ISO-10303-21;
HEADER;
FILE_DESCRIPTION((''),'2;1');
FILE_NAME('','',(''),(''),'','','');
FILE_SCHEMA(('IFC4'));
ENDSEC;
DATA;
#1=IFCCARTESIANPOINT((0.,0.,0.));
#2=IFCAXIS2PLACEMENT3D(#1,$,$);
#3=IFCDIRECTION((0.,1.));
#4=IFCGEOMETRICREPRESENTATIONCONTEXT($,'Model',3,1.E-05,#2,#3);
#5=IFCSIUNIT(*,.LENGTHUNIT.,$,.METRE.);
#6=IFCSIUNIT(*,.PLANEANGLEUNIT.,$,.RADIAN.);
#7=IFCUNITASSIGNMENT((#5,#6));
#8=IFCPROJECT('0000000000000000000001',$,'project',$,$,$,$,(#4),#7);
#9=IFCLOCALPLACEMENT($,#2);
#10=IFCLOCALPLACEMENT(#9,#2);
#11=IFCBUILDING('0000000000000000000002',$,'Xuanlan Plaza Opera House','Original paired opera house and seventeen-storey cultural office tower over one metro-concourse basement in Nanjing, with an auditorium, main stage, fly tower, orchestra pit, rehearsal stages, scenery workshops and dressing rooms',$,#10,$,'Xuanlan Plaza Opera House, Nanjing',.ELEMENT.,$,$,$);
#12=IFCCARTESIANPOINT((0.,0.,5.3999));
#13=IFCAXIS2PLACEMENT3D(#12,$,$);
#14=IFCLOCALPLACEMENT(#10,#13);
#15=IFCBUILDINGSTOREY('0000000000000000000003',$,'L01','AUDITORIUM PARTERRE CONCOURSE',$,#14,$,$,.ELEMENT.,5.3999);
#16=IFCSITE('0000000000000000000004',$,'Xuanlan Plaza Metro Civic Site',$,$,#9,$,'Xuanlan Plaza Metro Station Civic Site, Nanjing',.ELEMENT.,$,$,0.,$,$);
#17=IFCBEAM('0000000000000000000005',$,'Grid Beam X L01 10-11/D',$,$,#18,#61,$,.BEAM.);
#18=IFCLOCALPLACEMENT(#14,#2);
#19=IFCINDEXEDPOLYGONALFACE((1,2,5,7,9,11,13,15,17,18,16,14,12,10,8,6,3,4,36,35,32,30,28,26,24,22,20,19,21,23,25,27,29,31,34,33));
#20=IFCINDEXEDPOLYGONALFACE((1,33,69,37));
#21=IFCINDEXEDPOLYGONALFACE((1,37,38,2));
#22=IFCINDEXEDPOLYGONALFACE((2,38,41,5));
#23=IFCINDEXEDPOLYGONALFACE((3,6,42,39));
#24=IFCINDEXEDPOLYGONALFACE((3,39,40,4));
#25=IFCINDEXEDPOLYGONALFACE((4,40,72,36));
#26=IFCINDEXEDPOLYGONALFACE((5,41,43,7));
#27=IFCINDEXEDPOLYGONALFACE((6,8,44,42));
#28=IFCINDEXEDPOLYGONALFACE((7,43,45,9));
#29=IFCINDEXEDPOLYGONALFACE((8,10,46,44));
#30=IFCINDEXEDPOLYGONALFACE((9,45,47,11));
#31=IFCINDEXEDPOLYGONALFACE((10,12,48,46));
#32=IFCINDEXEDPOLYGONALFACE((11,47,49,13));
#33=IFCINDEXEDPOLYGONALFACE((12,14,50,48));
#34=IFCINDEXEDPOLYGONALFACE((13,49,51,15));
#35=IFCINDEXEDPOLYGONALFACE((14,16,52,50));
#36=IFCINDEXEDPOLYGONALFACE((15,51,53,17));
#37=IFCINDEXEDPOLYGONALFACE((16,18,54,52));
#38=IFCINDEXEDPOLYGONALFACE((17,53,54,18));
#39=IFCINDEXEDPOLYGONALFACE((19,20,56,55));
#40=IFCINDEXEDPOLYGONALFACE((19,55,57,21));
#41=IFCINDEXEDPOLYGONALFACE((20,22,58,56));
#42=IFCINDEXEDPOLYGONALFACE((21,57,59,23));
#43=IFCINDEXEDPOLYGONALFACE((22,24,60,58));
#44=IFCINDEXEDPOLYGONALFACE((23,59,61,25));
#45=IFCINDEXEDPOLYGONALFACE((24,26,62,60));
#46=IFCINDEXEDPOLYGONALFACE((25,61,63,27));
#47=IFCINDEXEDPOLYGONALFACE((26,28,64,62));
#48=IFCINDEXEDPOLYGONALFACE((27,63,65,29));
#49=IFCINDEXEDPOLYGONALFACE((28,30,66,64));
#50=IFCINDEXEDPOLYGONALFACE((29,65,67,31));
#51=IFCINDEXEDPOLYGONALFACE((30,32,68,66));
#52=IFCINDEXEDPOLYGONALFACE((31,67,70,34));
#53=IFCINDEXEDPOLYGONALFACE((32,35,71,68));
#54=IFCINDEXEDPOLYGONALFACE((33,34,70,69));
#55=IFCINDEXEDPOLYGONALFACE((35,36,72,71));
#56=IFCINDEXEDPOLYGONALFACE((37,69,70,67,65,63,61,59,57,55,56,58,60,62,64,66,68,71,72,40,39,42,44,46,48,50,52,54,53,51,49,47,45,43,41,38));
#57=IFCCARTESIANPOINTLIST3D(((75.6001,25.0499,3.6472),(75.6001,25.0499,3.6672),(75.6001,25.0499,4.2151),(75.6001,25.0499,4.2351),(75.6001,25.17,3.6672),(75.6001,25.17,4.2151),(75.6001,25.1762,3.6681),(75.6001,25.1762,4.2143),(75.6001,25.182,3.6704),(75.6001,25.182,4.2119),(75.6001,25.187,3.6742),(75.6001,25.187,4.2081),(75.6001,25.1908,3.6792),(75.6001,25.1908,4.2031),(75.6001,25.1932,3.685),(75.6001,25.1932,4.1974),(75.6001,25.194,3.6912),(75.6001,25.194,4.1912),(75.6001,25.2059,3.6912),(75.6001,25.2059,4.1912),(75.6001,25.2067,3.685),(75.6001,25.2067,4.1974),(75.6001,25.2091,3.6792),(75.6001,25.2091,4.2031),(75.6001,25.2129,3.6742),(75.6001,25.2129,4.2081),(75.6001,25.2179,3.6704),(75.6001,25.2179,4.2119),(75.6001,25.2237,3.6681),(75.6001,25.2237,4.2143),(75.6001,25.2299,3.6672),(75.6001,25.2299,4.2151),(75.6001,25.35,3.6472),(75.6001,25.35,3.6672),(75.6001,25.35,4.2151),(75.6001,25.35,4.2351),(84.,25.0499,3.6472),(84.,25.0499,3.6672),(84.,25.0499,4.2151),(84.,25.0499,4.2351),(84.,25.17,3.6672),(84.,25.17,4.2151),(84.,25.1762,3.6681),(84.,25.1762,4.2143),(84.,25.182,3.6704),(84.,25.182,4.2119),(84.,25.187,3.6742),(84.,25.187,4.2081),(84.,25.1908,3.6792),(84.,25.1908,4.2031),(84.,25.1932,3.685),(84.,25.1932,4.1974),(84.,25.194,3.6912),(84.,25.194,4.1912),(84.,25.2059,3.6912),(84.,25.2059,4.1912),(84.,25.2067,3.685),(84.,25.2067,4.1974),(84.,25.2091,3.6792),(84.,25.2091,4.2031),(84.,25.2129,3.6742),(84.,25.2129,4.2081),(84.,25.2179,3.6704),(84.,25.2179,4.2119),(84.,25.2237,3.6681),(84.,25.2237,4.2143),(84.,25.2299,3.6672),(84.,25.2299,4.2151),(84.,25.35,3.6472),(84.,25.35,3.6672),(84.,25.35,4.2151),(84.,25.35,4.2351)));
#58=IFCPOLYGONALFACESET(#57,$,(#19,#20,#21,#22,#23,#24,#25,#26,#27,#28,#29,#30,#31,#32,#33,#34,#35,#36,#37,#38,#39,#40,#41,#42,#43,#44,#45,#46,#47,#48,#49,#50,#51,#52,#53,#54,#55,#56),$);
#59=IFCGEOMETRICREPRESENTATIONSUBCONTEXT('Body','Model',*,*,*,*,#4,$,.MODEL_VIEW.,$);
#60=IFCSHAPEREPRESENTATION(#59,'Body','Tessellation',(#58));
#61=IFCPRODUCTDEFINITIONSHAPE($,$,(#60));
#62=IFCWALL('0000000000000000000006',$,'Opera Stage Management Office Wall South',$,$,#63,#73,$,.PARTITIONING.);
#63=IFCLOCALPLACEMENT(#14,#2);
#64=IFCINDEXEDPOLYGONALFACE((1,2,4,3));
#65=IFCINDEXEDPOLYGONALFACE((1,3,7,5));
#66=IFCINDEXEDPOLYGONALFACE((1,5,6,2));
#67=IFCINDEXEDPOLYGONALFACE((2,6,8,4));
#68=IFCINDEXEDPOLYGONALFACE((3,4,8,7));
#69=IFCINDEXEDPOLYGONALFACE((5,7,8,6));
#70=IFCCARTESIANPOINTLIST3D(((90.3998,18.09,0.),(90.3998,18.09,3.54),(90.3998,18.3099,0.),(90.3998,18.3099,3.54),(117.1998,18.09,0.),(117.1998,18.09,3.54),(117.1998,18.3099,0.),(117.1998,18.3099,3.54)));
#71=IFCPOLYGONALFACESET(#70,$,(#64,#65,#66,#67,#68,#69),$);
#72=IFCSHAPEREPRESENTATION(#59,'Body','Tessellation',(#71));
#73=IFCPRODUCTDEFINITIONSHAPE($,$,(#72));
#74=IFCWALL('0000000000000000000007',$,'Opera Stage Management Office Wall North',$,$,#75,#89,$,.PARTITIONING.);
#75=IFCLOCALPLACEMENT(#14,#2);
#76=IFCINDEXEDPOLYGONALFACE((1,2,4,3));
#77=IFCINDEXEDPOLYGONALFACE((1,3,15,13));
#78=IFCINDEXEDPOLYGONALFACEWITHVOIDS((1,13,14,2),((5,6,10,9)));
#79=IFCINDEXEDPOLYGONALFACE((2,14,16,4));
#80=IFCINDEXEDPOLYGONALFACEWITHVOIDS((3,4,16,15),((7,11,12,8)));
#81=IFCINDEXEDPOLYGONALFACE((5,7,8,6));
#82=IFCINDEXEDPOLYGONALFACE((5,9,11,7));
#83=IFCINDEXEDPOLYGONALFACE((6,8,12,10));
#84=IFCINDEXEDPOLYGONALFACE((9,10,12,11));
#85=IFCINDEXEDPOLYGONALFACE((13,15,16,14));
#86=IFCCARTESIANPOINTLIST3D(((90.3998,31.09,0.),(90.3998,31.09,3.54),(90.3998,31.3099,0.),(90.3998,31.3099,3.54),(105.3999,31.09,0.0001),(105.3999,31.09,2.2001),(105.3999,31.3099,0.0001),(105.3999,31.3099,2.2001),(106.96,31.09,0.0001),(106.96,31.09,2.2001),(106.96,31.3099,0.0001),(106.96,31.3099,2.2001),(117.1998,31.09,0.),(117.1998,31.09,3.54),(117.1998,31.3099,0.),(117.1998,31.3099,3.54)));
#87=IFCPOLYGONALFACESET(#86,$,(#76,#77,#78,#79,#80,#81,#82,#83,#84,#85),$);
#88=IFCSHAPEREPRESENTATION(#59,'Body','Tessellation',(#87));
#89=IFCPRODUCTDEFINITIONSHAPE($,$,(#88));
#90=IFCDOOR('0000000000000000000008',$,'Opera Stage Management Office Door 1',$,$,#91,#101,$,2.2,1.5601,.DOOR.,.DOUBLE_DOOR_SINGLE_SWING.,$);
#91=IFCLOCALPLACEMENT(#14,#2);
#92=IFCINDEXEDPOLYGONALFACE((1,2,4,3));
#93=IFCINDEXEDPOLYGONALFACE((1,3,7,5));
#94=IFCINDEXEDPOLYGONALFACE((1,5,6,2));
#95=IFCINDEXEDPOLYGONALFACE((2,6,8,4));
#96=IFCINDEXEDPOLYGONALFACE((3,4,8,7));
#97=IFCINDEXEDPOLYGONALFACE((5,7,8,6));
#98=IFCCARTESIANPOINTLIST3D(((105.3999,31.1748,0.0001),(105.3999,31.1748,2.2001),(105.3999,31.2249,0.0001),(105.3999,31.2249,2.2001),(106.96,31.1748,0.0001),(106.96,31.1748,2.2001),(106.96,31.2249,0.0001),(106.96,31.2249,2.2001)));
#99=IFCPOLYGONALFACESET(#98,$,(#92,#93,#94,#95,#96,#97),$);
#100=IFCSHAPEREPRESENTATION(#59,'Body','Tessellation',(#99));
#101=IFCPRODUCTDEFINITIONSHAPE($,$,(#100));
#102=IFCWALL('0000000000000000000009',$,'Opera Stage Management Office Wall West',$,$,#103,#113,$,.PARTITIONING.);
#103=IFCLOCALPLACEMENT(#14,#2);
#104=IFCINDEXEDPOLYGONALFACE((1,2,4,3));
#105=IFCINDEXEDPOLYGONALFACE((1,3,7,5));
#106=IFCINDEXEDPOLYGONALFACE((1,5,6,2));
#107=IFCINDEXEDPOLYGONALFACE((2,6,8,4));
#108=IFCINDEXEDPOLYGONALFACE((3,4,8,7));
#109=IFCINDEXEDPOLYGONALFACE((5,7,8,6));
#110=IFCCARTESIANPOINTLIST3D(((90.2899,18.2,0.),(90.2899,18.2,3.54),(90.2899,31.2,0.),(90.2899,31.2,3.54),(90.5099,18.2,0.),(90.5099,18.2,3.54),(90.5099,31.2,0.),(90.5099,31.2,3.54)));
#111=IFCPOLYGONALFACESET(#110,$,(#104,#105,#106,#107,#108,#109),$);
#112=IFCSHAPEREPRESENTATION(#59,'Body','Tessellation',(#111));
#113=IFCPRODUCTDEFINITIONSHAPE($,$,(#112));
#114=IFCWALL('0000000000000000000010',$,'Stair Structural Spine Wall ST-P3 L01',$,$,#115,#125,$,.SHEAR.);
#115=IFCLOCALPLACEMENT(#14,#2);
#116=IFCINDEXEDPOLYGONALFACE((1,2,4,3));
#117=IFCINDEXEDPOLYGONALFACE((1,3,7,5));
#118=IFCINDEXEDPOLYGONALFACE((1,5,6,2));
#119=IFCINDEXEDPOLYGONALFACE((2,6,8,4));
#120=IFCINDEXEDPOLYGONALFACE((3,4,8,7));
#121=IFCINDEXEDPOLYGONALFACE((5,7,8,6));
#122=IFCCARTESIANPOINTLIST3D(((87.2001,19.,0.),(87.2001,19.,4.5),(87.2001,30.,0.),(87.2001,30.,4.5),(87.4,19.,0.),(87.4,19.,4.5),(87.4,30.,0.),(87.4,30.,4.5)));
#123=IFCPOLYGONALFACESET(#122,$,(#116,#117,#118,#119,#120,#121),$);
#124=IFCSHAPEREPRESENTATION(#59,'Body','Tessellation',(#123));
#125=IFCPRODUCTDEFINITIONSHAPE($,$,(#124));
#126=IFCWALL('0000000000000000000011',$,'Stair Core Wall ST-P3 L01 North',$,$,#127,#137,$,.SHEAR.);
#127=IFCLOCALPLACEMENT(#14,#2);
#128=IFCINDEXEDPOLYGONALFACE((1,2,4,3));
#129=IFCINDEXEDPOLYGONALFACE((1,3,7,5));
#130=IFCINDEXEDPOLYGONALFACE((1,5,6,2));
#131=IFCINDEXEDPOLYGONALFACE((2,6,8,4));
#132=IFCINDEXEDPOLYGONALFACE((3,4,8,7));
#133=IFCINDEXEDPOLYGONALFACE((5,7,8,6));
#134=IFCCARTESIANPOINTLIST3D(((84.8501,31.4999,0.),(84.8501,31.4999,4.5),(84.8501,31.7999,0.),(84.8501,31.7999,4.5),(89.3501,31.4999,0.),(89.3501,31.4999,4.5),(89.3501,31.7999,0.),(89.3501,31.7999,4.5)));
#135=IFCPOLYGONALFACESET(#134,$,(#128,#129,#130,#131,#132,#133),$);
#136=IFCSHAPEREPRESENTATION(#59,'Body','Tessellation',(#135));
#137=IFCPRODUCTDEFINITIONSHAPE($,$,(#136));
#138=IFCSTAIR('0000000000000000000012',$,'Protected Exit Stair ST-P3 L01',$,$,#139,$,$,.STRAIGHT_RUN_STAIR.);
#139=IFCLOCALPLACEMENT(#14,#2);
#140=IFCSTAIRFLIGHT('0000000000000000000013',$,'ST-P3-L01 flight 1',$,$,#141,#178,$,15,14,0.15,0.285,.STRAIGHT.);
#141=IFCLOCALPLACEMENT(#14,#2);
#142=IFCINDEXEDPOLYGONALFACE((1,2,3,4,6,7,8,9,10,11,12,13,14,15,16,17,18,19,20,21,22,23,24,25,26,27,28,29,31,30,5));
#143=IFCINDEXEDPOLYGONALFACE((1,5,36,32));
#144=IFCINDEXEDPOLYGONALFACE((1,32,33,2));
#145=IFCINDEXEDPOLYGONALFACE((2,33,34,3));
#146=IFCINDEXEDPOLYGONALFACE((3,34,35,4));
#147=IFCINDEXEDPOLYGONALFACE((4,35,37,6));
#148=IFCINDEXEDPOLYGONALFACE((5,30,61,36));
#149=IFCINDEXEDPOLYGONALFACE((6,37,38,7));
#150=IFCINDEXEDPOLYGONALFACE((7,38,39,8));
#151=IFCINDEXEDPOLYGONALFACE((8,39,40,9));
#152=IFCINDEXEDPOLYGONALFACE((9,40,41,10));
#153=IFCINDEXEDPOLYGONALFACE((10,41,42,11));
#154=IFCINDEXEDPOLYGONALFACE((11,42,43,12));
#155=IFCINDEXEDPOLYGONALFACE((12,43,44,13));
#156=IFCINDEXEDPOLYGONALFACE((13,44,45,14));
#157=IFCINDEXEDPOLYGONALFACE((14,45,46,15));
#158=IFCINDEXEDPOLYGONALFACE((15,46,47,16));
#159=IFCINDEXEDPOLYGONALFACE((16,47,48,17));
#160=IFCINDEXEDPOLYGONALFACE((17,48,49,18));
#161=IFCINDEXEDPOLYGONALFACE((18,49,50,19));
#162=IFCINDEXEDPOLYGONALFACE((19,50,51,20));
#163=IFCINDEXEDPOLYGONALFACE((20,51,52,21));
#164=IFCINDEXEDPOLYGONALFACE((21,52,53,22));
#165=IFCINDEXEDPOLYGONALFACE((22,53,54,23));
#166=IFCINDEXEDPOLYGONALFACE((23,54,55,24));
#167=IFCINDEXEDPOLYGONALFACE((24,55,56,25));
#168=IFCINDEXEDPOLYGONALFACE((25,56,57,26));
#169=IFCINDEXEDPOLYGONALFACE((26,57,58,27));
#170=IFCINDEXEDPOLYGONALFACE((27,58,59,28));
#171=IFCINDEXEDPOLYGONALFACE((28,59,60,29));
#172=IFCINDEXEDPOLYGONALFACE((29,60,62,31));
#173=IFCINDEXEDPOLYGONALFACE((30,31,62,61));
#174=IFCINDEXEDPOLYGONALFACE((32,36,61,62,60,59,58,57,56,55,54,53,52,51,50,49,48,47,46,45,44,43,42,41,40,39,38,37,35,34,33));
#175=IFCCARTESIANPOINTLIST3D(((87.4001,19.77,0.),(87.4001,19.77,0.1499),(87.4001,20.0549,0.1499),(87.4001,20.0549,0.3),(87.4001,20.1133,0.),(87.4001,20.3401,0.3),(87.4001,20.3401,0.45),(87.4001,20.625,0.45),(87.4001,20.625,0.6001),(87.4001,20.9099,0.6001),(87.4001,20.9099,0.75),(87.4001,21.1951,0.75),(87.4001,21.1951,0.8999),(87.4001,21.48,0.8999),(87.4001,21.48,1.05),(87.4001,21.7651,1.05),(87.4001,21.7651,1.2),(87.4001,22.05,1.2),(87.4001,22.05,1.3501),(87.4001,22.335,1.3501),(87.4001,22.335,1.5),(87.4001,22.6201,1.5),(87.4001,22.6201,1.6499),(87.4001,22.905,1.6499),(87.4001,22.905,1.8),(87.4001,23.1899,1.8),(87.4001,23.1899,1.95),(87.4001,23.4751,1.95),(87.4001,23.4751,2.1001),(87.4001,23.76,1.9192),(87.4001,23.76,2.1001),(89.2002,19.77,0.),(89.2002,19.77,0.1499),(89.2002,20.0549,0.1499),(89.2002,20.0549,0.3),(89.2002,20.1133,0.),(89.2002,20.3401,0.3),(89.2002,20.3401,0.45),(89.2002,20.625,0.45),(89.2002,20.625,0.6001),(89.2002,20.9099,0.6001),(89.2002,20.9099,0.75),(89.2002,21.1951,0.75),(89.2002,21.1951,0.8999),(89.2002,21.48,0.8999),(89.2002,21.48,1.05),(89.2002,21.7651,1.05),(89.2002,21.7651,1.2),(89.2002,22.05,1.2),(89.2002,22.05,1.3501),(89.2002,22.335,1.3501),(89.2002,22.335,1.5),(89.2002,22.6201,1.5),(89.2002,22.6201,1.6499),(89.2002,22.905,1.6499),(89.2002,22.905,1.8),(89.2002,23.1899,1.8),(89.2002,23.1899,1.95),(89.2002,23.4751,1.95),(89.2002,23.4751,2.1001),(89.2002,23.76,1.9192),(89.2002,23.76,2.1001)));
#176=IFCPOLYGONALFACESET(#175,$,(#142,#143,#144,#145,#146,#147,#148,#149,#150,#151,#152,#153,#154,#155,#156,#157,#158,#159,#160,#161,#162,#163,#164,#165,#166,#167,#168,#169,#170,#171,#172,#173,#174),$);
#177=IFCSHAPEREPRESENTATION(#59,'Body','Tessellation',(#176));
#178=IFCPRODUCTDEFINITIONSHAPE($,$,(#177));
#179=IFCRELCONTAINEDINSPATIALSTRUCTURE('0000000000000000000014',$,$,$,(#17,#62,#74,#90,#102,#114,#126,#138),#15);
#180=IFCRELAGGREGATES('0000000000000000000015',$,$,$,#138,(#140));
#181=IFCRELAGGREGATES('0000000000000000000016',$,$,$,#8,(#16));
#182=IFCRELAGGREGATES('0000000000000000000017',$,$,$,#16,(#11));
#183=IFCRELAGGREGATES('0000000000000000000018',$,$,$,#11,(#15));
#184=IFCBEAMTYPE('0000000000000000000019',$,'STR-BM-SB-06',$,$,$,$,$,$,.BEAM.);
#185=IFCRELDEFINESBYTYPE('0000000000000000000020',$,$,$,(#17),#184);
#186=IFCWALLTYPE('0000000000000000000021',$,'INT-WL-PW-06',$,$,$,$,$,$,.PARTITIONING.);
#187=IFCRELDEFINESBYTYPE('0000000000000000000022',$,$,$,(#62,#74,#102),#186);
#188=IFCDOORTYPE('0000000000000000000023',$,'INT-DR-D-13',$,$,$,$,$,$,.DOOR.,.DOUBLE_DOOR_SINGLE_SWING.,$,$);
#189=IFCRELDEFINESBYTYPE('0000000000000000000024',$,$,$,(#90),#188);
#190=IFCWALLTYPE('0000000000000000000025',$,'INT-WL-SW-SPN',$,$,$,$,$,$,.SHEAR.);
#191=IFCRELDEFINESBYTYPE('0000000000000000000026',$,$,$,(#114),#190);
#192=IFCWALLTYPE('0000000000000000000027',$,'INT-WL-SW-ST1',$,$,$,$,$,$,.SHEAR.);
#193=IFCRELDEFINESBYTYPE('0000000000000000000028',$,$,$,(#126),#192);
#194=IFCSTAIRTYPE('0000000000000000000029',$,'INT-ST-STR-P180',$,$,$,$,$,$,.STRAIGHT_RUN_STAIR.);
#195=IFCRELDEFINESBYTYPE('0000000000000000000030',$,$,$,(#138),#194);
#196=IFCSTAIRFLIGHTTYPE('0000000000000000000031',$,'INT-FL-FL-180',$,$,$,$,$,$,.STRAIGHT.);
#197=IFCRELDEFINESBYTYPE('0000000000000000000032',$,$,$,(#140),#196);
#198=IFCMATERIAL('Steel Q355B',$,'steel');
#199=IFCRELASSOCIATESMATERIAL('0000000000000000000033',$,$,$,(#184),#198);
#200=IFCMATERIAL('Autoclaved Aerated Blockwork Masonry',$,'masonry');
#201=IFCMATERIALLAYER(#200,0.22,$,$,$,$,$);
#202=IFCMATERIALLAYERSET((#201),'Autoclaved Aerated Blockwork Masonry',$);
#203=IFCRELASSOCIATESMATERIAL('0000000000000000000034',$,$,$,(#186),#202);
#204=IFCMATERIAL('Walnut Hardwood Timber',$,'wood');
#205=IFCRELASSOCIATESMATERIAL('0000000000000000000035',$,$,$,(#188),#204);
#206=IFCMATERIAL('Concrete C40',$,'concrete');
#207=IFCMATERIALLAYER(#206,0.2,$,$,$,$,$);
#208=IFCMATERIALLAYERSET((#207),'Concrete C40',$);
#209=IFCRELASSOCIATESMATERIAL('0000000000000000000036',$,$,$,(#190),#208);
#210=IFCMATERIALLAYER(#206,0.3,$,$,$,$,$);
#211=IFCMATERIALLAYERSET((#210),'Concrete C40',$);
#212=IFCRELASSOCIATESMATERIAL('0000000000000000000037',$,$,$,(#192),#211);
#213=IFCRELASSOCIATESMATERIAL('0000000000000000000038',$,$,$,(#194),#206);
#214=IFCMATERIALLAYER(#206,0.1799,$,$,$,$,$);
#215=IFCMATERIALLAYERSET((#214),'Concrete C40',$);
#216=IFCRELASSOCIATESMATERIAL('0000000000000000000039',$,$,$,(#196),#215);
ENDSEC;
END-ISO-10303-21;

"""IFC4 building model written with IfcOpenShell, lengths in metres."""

from ifc_helpers import new_model, si_unit, direction, frame, frame_2d, origin, origin_2d, place, context, subcontext, project, spatial, polyline, rectangle, i_section, outline, extrude, material, layer, layer_set, material_profile, profile_set, type_object, element, fill, aggregate, save


model = new_model("IFC4")

# Units and contexts
model_context = context("Model", 3, precision=1e-05, world=origin(), true_north=direction((0.0, 1.0)))
body_context = subcontext(model_context, "Body", "Model", "MODEL_VIEW")
ifc_project = project(units=[si_unit("LENGTHUNIT", "METRE"), si_unit("PLANEANGLEUNIT", "RADIAN")], contexts=[model_context])

# Site, building, storey
site_placement = place(None, origin())
site = spatial("IfcSite", under=ifc_project, at=site_placement, Name="Xuanlan Plaza Metro Civic Site", LongName="Xuanlan Plaza Metro Station Civic Site, Nanjing", CompositionType="ELEMENT", RefElevation=0.0)
building_placement = place(site_placement, origin())
building = spatial("IfcBuilding", under=site, at=building_placement, Name="Xuanlan Plaza Opera House", Description="Original paired opera house and seventeen-storey cultural office tower over one metro-concourse basement in Nanjing, with an auditorium, main stage, fly tower, orchestra pit, rehearsal stages, scenery workshops and dressing rooms", LongName="Xuanlan Plaza Opera House, Nanjing", CompositionType="ELEMENT")
storey_placement = place(building_placement, frame((0.0, 0.0, 5.3999)))
storey = spatial("IfcBuildingStorey", under=building, at=storey_placement, Name="L01", Description="AUDITORIUM PARTERRE CONCOURSE", CompositionType="ELEMENT", Elevation=5.3999)

# Shared definitions
ifc_material_1 = material(Name="Concrete C40", Category="concrete")

# Beam
ifc_material_2 = material(Name="Steel Q355B", Category="steel")
ifc_material_profile_1 = material_profile(ifc_material_2, i_section(OverallWidth=0.3, OverallDepth=0.5879, WebThickness=0.012, FlangeThickness=0.02, FilletRadius=0.0239, at=origin_2d()), Name="HM 588x300x12x20")
ifc_profile_set_1 = profile_set([ifc_material_profile_1], Name="Steel Q355B")
beam_type_1 = type_object("IfcBeamType", Name="STR-BM-SB-06", PredefinedType="BEAM", material=ifc_profile_set_1)
beam_1_placement = place(storey_placement, frame((75.6001, 25.2, 3.9412), z_axis=(1.0, 0.0, 0.0), x_axis=(0.0, 1.0, 0.0)))
element("IfcBeam", 1, at=beam_1_placement, inside=storey, type_object=beam_type_1, Name="Grid Beam X L01 10-11/D", PredefinedType="BEAM", context=body_context, shape_type="SweptSolid", body=[
    extrude(i_section(OverallWidth=0.3, OverallDepth=0.5879, WebThickness=0.012, FlangeThickness=0.02, FilletRadius=0.0239, at=origin_2d()), origin(), (0.0, 0.0, 1.0), 8.3999),
])

# Wall
ifc_material_3 = material(Name="Autoclaved Aerated Blockwork Masonry", Category="masonry")
ifc_layer_1 = layer(ifc_material_3, 0.22)
ifc_layer_set_1 = layer_set([ifc_layer_1], Name="Autoclaved Aerated Blockwork Masonry")
wall_type_1 = type_object("IfcWallType", Name="INT-WL-PW-06", PredefinedType="PARTITIONING", material=ifc_layer_set_1)
wall_1_placement = place(storey_placement, frame((90.3999, 18.2, 0.0), z_axis=(0.0, 0.0, 1.0), x_axis=(1.0, 0.0, 0.0)))
element("IfcWall", 2, at=wall_1_placement, inside=storey, type_object=wall_type_1, Name="Opera Stage Management Office Wall South", PredefinedType="PARTITIONING", context=body_context, shape_type="SweptSolid", body=[
    extrude(rectangle(XDim=26.8, YDim=0.22, at=frame_2d((13.3999, 0.0))), origin(), (0.0, 0.0, 1.0), 3.54),
])

# Wall, opening, door
wall_2_placement = place(storey_placement, frame((90.3999, 31.2, 0.0), z_axis=(0.0, 0.0, 1.0), x_axis=(1.0, 0.0, 0.0)))
wall_2 = element("IfcWall", 3, at=wall_2_placement, inside=storey, type_object=wall_type_1, Name="Opera Stage Management Office Wall North", PredefinedType="PARTITIONING", context=body_context, shape_type="SweptSolid", body=[
    extrude(rectangle(XDim=26.8, YDim=0.22, at=frame_2d((13.3999, 0.0))), origin(), (0.0, 0.0, 1.0), 3.54),
])
opening_placement = place(wall_2_placement, frame((15.0, 0.0, 0.0)))
opening = element("IfcOpeningElement", 4, at=opening_placement, cuts=wall_2, PredefinedType="OPENING", context=body_context, shape_type="SweptSolid", body=[
    extrude(rectangle(XDim=1.5601, YDim=2.2, at=frame_2d((0.78, 1.1001))), frame((0.0, 0.1199, 0.0), z_axis=(0.0, -1.0, 0.0), x_axis=(1.0, 0.0, 0.0)), (0.0, 0.0, 1.0), 0.24),
])
ifc_material_4 = material(Name="Walnut Hardwood Timber", Category="wood")
door_type = type_object("IfcDoorType", Name="INT-DR-D-13", OperationType="DOUBLE_DOOR_SINGLE_SWING", PredefinedType="DOOR", material=ifc_material_4)
door_placement = place(opening_placement, origin())
door = element("IfcDoor", 5, at=door_placement, inside=storey, type_object=door_type, Name="Opera Stage Management Office Door 1", OperationType="DOUBLE_DOOR_SINGLE_SWING", OverallHeight=2.2, OverallWidth=1.5601, PredefinedType="DOOR", context=body_context, shape_type="SweptSolid", body=[
    extrude(rectangle(XDim=1.5601, YDim=2.2, at=frame_2d((0.78, 1.1001))), frame((0.0, 0.0249, 0.0), z_axis=(0.0, -1.0, 0.0), x_axis=(1.0, 0.0, 0.0)), (0.0, 0.0, 1.0), 0.05),
])
fill(opening, door)

# Walls
wall_3_placement = place(storey_placement, frame((90.3999, 18.2, 0.0), z_axis=(0.0, 0.0, 1.0), x_axis=(0.0, 1.0, 0.0)))
element("IfcWall", 6, at=wall_3_placement, inside=storey, type_object=wall_type_1, Name="Opera Stage Management Office Wall West", PredefinedType="PARTITIONING", context=body_context, shape_type="SweptSolid", body=[
    extrude(rectangle(XDim=13.0, YDim=0.22, at=frame_2d((6.5, 0.0))), origin(), (0.0, 0.0, 1.0), 3.54),
])
ifc_layer_2 = layer(ifc_material_1, 0.2)
ifc_layer_set_2 = layer_set([ifc_layer_2], Name="Concrete C40")
wall_type_2 = type_object("IfcWallType", Name="INT-WL-SW-SPN", PredefinedType="SHEAR", material=ifc_layer_set_2)
wall_4_placement = place(storey_placement, frame((87.3, 19.0, 0.0), z_axis=(0.0, 0.0, 1.0), x_axis=(0.0, 1.0, 0.0)))
element("IfcWall", 7, at=wall_4_placement, inside=storey, type_object=wall_type_2, Name="Stair Structural Spine Wall ST-P3 L01", PredefinedType="SHEAR", context=body_context, shape_type="SweptSolid", body=[
    extrude(rectangle(XDim=11.0, YDim=0.2, at=frame_2d((5.5, 0.0))), origin(), (0.0, 0.0, 1.0), 4.5),
])
ifc_layer_3 = layer(ifc_material_1, 0.3)
ifc_layer_set_3 = layer_set([ifc_layer_3], Name="Concrete C40")
wall_type_3 = type_object("IfcWallType", Name="INT-WL-SW-ST1", PredefinedType="SHEAR", material=ifc_layer_set_3)
wall_5_placement = place(storey_placement, frame((84.8501, 31.6499, 0.0), z_axis=(0.0, 0.0, 1.0), x_axis=(1.0, 0.0, 0.0)))
element("IfcWall", 8, at=wall_5_placement, inside=storey, type_object=wall_type_3, Name="Stair Core Wall ST-P3 L01 North", PredefinedType="SHEAR", context=body_context, shape_type="SweptSolid", body=[
    extrude(rectangle(XDim=4.5, YDim=0.3, at=frame_2d((2.25, 0.0))), origin(), (0.0, 0.0, 1.0), 4.5),
])

# Stair, stair flight
stair_type = type_object("IfcStairType", Name="INT-ST-STR-P180", PredefinedType="STRAIGHT_RUN_STAIR", material=ifc_material_1)
stair_placement = place(storey_placement, origin())
stair = element("IfcStair", 9, at=stair_placement, inside=storey, type_object=stair_type, Name="Protected Exit Stair ST-P3 L01", PredefinedType="STRAIGHT_RUN_STAIR")
ifc_layer_4 = layer(ifc_material_1, 0.1799)
ifc_layer_set_4 = layer_set([ifc_layer_4], Name="Concrete C40")
stair_flight_type = type_object("IfcStairFlightType", Name="INT-FL-FL-180", PredefinedType="STRAIGHT", material=ifc_layer_set_4)
stair_flight_1_placement = place(storey_placement, frame((88.3, 19.77, 0.0), z_axis=(0.0, 0.0, 1.0), x_axis=(0.0, 1.0, 0.0)))
stair_flight_1 = element("IfcStairFlight", 10, at=stair_flight_1_placement, type_object=stair_flight_type, Name="ST-P3-L01 flight 1", NumberOfRisers=15, NumberOfTreads=14, PredefinedType="STRAIGHT", RiserHeight=0.15, TreadLength=0.285, context=body_context, shape_type="SweptSolid", body=[
    extrude(outline(polyline([(0.0, 0.0), (0.0, 0.1499), (0.2849, 0.1499), (0.2849, 0.3), (0.5701, 0.3), (0.5701, 0.45), (0.855, 0.45), (0.855, 0.6001), (1.1399, 0.6001), (1.1399, 0.75), (1.425, 0.75), (1.425, 0.8999), (1.71, 0.8999), (1.71, 1.05), (1.9951, 1.05), (1.9951, 1.2), (2.28, 1.2), (2.28, 1.3501), (2.5649, 1.3501), (2.5649, 1.5), (2.8501, 1.5), (2.8501, 1.6499), (3.135, 1.6499), (3.135, 1.8), (3.4199, 1.8), (3.4199, 1.95), (3.7051, 1.95), (3.7051, 2.1001), (3.99, 2.1001), (3.99, 2.25), (3.99, 1.9192), (0.3433, 0.0), (0.0, 0.0)])), frame((0.0, 0.8999, 0.0), z_axis=(0.0, -1.0, 0.0), x_axis=(1.0, 0.0, 0.0)), (0.0, 0.0, 1.0), 1.8),
])
aggregate(stair, [stair_flight_1])

save(model, "model.ifc")
